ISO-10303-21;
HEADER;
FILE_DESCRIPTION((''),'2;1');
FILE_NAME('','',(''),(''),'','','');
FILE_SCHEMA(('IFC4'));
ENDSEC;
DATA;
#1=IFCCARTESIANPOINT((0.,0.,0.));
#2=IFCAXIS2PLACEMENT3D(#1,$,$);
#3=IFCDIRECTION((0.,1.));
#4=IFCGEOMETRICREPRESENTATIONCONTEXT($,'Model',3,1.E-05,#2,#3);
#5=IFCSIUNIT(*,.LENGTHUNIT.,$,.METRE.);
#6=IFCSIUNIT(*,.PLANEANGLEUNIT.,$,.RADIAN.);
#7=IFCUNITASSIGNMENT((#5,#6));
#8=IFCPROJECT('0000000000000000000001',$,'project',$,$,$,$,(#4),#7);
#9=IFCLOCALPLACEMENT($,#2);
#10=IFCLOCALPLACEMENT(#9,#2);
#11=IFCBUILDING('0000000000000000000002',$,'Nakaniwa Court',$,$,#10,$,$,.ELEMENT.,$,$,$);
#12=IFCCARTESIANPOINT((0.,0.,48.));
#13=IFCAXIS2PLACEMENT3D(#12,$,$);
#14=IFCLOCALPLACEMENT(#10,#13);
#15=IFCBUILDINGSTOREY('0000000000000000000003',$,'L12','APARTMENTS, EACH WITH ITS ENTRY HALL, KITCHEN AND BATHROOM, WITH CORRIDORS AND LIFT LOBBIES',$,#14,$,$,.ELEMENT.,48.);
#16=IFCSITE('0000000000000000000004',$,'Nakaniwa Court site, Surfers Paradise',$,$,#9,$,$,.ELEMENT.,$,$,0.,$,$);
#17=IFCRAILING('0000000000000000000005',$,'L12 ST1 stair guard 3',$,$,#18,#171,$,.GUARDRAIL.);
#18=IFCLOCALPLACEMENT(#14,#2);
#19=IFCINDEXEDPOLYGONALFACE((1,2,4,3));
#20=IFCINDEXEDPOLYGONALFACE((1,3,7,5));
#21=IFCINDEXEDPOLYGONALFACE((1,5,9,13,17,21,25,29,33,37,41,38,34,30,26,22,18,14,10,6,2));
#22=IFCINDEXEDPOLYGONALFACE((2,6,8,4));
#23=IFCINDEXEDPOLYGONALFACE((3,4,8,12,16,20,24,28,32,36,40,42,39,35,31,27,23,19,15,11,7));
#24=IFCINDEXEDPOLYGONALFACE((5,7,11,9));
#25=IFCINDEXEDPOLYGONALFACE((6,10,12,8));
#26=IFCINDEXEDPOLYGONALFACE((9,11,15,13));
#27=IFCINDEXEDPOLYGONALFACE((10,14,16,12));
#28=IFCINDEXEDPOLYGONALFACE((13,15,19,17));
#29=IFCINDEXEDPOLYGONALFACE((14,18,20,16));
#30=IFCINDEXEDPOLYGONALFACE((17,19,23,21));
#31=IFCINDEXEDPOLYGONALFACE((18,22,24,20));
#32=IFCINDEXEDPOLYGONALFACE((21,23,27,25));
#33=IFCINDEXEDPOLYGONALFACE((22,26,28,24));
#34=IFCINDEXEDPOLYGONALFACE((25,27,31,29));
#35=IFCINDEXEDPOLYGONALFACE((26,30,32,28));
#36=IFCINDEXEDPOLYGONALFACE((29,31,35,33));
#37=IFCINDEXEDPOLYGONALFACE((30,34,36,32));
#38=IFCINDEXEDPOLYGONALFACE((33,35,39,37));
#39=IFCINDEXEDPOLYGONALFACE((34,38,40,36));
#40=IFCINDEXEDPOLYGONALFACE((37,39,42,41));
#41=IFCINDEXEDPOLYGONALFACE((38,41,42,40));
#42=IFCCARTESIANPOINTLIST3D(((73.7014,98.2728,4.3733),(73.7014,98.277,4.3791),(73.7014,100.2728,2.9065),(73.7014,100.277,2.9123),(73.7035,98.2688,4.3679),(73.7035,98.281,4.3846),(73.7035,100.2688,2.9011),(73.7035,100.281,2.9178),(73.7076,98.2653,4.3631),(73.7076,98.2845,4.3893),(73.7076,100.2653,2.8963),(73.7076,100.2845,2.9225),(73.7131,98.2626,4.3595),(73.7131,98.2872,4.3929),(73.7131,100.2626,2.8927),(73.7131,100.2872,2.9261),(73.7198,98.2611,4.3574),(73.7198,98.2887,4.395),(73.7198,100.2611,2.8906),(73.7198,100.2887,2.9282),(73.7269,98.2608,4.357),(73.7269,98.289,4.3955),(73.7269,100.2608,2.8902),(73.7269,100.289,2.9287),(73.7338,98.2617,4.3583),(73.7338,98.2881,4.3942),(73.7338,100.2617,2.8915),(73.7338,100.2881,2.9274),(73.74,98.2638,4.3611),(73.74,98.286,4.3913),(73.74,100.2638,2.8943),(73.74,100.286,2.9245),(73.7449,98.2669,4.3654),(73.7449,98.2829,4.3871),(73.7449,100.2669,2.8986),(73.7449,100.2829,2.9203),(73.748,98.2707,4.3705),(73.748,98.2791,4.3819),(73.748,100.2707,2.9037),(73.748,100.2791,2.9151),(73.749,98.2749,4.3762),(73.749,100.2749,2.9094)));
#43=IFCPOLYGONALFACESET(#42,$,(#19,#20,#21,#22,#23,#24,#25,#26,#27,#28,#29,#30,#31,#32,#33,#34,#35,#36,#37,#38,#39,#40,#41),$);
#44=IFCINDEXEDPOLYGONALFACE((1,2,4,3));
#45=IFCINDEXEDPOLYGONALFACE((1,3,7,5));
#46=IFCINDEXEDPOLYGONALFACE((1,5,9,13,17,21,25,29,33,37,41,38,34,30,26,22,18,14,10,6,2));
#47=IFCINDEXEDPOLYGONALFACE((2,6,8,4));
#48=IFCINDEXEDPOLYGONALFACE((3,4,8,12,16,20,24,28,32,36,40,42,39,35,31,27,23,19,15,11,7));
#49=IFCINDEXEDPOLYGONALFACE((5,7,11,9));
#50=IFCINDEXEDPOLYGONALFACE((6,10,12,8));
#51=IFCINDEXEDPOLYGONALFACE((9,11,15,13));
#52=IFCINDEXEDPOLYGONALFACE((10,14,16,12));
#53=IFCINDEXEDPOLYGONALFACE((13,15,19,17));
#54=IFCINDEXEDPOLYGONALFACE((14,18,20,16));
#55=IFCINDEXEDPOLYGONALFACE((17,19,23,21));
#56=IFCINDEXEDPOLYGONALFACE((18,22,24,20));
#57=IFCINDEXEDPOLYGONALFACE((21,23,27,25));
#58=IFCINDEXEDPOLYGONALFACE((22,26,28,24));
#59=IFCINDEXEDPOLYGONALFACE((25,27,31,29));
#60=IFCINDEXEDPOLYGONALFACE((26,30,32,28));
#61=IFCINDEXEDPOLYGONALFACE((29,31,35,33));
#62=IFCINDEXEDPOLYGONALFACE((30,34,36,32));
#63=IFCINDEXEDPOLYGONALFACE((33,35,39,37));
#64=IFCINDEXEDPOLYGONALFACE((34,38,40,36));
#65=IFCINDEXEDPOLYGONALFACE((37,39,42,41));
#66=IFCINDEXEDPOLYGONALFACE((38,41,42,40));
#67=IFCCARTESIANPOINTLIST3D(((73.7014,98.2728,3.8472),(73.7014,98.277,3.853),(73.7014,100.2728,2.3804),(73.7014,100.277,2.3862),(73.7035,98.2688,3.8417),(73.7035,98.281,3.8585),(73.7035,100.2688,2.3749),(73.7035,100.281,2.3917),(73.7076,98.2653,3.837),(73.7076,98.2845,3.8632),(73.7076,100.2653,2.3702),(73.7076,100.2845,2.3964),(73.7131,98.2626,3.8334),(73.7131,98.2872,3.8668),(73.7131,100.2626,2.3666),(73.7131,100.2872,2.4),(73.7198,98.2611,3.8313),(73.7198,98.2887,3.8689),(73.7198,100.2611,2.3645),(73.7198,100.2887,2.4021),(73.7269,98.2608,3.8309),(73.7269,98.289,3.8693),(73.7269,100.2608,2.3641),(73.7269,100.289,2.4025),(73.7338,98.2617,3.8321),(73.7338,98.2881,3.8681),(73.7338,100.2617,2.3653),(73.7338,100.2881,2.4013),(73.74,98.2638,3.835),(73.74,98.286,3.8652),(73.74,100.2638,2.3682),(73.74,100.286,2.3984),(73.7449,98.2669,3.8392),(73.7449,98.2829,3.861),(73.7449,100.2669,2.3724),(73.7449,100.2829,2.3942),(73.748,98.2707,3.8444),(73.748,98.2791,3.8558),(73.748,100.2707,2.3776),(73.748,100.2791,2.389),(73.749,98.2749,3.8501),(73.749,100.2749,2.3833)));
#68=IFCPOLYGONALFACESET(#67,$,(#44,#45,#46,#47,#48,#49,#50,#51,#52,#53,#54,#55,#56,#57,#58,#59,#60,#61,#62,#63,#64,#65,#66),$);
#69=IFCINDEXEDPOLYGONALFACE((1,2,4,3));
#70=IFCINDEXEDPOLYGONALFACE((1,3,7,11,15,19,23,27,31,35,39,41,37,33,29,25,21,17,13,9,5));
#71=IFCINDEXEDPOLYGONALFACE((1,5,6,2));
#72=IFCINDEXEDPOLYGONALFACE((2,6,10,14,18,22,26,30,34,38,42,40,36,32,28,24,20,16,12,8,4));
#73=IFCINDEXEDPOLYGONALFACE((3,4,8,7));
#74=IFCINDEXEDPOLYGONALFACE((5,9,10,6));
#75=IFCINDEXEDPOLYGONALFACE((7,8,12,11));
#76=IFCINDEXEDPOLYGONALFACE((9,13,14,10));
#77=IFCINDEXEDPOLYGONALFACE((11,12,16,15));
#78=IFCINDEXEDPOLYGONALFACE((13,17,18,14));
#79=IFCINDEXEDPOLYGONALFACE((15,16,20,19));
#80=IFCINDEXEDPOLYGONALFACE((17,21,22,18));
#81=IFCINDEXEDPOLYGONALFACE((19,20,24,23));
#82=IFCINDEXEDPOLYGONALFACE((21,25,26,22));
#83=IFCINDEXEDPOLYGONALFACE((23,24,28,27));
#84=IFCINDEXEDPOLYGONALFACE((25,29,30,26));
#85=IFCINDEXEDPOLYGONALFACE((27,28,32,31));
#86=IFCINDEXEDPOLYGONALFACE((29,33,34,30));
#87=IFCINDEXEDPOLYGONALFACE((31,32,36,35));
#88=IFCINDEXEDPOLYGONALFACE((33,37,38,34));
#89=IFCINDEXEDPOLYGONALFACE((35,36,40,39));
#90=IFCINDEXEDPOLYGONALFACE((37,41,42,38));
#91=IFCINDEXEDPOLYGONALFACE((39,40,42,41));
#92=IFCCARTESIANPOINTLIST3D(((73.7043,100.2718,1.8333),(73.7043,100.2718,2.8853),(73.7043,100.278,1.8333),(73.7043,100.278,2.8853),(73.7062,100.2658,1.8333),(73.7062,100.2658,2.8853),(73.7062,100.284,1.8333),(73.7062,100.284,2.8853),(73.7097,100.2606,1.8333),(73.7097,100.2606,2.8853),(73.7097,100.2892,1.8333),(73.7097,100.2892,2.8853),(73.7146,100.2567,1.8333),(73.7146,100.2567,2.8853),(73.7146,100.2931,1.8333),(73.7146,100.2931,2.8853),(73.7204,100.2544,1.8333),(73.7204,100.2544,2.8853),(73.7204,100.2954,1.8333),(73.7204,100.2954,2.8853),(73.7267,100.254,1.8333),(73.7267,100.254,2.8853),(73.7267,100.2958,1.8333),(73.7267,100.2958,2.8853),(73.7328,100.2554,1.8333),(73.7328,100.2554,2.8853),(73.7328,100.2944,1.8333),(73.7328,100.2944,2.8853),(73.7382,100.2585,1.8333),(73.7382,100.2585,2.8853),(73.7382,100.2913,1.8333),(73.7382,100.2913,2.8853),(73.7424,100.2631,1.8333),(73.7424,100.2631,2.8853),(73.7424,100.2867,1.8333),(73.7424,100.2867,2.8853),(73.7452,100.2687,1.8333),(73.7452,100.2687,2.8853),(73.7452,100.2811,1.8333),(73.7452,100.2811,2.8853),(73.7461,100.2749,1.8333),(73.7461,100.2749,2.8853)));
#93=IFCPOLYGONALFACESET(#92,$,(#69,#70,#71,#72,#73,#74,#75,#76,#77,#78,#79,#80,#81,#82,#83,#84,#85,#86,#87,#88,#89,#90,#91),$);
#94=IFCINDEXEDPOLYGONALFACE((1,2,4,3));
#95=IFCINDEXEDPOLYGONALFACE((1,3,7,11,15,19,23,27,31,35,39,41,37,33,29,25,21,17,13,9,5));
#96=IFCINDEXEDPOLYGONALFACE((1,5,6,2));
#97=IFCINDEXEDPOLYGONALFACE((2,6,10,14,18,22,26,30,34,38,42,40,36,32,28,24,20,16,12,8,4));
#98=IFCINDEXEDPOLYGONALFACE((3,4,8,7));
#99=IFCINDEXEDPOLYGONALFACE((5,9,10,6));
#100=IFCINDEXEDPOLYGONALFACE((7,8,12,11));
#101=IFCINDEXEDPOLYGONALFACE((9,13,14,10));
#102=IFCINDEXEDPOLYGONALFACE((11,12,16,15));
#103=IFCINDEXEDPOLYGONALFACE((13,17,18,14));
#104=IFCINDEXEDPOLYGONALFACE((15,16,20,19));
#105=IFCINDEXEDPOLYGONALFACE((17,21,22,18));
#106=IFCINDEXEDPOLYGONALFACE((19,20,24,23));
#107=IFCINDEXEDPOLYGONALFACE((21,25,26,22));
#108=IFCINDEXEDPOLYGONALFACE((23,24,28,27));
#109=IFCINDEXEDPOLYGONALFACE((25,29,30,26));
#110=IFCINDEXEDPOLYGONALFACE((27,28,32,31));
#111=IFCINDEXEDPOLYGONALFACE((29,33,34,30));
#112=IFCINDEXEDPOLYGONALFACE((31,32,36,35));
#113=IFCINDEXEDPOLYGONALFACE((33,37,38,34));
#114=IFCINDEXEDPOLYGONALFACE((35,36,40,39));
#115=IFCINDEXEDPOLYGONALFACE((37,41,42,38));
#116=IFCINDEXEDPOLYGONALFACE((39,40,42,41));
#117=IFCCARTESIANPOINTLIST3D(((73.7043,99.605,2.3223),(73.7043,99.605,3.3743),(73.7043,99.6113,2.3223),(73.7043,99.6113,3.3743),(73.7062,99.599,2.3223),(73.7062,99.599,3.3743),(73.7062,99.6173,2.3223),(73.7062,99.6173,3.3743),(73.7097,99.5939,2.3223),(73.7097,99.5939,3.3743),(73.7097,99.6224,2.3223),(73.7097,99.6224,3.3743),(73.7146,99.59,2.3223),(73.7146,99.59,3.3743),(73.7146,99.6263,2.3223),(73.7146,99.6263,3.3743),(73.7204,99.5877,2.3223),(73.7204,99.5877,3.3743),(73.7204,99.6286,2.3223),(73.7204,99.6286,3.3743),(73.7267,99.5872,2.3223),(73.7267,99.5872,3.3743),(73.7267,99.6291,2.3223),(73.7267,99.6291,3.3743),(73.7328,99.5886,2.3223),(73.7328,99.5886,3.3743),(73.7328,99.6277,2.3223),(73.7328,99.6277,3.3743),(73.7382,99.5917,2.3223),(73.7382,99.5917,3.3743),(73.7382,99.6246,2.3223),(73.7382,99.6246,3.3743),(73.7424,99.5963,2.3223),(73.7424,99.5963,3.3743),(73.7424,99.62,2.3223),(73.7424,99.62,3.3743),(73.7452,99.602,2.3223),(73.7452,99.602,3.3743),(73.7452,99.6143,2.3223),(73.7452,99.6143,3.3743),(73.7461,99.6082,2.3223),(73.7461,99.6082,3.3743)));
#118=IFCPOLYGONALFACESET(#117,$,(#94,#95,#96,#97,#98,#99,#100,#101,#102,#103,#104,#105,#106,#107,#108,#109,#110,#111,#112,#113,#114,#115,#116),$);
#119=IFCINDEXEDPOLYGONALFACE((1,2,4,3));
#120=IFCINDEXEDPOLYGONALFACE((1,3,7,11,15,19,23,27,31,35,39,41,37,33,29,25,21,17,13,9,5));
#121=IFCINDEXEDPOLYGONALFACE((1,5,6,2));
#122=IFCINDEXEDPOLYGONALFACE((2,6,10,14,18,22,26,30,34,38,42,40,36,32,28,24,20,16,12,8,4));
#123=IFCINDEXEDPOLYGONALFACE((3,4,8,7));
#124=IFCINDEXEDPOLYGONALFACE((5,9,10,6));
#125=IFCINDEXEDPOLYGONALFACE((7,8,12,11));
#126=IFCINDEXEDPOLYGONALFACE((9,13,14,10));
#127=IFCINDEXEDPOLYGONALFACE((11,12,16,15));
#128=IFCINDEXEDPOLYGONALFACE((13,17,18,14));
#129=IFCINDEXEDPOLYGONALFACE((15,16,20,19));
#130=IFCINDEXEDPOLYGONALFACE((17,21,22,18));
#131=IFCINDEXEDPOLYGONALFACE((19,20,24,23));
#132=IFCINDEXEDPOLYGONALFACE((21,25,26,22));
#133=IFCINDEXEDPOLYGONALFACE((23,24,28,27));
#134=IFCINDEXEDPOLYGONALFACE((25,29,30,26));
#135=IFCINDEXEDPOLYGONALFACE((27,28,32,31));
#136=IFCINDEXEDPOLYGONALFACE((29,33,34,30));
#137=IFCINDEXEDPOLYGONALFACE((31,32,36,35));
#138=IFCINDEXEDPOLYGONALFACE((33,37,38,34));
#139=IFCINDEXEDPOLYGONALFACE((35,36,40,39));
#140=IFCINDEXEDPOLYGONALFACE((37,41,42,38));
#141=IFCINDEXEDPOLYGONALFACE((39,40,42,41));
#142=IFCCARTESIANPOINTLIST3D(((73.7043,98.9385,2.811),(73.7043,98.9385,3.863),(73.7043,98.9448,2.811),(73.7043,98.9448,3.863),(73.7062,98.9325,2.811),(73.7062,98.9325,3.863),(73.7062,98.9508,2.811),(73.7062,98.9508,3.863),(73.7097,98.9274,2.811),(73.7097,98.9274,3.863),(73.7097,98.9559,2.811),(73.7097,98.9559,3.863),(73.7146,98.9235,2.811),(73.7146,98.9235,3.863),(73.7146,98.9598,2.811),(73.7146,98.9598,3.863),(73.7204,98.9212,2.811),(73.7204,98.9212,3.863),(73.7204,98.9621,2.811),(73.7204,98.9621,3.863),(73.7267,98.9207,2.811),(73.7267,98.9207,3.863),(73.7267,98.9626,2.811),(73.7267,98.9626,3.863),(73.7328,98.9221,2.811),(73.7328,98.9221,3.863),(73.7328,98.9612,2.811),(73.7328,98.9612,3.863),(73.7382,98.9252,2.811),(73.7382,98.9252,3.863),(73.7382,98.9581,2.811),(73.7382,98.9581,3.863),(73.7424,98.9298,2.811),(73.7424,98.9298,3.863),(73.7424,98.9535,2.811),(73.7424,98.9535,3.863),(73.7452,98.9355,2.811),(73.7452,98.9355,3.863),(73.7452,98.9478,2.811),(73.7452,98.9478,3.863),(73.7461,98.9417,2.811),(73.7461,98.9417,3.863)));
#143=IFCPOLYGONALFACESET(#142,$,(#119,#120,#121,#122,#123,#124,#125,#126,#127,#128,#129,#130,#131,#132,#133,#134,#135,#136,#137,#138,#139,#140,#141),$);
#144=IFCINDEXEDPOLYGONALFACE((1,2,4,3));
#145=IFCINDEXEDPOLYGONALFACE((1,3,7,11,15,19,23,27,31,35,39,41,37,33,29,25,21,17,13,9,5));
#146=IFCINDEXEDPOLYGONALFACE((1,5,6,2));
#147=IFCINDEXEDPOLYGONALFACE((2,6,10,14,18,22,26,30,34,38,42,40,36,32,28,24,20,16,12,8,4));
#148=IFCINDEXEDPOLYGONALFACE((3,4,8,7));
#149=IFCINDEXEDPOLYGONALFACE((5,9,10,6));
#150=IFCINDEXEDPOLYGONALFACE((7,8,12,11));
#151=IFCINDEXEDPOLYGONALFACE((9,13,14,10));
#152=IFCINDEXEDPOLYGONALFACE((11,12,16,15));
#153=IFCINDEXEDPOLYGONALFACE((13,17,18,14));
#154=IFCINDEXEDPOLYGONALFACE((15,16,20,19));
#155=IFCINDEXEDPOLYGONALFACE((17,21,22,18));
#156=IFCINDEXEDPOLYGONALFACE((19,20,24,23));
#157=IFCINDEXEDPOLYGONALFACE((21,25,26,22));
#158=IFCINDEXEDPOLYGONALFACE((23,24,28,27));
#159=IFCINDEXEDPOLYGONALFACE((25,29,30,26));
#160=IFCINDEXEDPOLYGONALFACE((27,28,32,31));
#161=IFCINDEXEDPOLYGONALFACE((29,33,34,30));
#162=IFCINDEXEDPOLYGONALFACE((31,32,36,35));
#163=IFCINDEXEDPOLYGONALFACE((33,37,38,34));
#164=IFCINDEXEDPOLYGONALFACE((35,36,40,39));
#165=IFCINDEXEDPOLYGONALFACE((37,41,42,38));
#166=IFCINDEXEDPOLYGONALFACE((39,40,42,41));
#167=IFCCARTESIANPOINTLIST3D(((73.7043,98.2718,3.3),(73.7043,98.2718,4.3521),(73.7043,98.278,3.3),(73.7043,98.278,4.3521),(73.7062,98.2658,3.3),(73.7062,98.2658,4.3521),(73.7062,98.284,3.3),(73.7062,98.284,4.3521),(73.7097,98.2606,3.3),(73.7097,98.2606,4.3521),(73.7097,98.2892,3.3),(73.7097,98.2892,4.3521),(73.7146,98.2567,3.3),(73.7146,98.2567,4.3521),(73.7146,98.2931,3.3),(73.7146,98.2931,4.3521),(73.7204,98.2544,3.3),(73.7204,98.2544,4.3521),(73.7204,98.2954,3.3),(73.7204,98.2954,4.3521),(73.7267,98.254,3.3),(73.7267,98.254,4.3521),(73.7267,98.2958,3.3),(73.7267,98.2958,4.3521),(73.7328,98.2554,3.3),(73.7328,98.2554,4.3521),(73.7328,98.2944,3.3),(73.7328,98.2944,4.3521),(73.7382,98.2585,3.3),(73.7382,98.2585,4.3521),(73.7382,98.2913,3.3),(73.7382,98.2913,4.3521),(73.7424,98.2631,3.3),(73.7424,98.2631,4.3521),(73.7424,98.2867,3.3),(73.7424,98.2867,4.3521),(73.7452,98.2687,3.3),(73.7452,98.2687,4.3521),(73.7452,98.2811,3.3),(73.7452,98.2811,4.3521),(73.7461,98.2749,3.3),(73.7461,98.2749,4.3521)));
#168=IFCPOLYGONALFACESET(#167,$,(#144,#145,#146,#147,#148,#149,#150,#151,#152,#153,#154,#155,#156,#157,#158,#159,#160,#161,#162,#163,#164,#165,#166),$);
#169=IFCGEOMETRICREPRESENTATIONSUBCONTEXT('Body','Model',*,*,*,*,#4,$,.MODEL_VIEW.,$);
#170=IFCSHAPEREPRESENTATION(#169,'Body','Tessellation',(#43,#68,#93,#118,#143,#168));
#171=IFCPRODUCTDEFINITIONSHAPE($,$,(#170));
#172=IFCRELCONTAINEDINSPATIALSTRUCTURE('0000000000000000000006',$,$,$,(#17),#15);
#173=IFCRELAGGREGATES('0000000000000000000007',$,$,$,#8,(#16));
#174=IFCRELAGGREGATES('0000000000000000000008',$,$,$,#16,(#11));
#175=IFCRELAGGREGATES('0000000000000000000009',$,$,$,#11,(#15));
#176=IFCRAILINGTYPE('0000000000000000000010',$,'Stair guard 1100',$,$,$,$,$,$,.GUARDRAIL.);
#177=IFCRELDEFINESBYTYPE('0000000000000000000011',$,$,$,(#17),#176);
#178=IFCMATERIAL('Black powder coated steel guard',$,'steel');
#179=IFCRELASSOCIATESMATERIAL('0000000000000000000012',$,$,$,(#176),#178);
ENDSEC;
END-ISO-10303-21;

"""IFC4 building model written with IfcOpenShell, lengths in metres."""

from ifc_helpers import new_model, si_unit, direction, frame, origin, origin_2d, place, context, subcontext, project, spatial, circle, extrude, material, type_object, element, save


model = new_model("IFC4")

# Units and contexts
model_context = context("Model", 3, precision=1e-05, world=origin(), true_north=direction((0.0, 1.0)))
body_context = subcontext(model_context, "Body", "Model", "MODEL_VIEW")
ifc_project = project(units=[si_unit("LENGTHUNIT", "METRE"), si_unit("PLANEANGLEUNIT", "RADIAN")], contexts=[model_context])

# Site, building, storey
site_placement = place(None, origin())
site = spatial("IfcSite", under=ifc_project, at=site_placement, Name="Nakaniwa Court site, Surfers Paradise", CompositionType="ELEMENT", RefElevation=0.0)
building_placement = place(site_placement, origin())
building = spatial("IfcBuilding", under=site, at=building_placement, Name="Nakaniwa Court", CompositionType="ELEMENT")
storey_placement = place(building_placement, frame((0.0, 0.0, 48.0)))
storey = spatial("IfcBuildingStorey", under=building, at=storey_placement, Name="L12", Description="APARTMENTS, EACH WITH ITS ENTRY HALL, KITCHEN AND BATHROOM, WITH CORRIDORS AND LIFT LOBBIES", CompositionType="ELEMENT", Elevation=48.0)

# Railing
ifc_material_1 = material(Name="Black powder coated steel guard", Category="steel")
railing_type_1 = type_object("IfcRailingType", Name="Stair guard 1100", PredefinedType="GUARDRAIL", material=ifc_material_1)
railing_1_placement = place(storey_placement, frame((73.7251, 100.2749, 1.8333)))
element("IfcRailing", 1, at=railing_1_placement, inside=storey, type_object=railing_type_1, Name="L12 ST1 stair guard 3", PredefinedType="GUARDRAIL", context=body_context, shape_type="SweptSolid", body=[
    extrude(circle(Radius=0.0239, at=origin_2d()), frame((0.0, 0.0, 1.0762), z_axis=(0.0, -0.80638, 0.591398), x_axis=(1.0, 0.0, 0.0)), (0.0, 0.0, 1.0), 2.4802),
    extrude(circle(Radius=0.0239, at=origin_2d()), frame((0.0, 0.0, 0.55), z_axis=(0.0, -0.80638, 0.591398), x_axis=(1.0, 0.0, 0.0)), (0.0, 0.0, 1.0), 2.4802),
    extrude(circle(Radius=0.021, at=origin_2d()), origin(), (0.0, 0.0, 1.0), 1.052),
    extrude(circle(Radius=0.021, at=origin_2d()), frame((0.0, -0.6667, 0.489)), (0.0, 0.0, 1.0), 1.052),
    extrude(circle(Radius=0.021, at=origin_2d()), frame((0.0, -1.3333, 0.9778)), (0.0, 0.0, 1.0), 1.052),
    extrude(circle(Radius=0.021, at=origin_2d()), frame((0.0, -2.0, 1.4668)), (0.0, 0.0, 1.0), 1.052),
])

save(model, "model.ifc")
